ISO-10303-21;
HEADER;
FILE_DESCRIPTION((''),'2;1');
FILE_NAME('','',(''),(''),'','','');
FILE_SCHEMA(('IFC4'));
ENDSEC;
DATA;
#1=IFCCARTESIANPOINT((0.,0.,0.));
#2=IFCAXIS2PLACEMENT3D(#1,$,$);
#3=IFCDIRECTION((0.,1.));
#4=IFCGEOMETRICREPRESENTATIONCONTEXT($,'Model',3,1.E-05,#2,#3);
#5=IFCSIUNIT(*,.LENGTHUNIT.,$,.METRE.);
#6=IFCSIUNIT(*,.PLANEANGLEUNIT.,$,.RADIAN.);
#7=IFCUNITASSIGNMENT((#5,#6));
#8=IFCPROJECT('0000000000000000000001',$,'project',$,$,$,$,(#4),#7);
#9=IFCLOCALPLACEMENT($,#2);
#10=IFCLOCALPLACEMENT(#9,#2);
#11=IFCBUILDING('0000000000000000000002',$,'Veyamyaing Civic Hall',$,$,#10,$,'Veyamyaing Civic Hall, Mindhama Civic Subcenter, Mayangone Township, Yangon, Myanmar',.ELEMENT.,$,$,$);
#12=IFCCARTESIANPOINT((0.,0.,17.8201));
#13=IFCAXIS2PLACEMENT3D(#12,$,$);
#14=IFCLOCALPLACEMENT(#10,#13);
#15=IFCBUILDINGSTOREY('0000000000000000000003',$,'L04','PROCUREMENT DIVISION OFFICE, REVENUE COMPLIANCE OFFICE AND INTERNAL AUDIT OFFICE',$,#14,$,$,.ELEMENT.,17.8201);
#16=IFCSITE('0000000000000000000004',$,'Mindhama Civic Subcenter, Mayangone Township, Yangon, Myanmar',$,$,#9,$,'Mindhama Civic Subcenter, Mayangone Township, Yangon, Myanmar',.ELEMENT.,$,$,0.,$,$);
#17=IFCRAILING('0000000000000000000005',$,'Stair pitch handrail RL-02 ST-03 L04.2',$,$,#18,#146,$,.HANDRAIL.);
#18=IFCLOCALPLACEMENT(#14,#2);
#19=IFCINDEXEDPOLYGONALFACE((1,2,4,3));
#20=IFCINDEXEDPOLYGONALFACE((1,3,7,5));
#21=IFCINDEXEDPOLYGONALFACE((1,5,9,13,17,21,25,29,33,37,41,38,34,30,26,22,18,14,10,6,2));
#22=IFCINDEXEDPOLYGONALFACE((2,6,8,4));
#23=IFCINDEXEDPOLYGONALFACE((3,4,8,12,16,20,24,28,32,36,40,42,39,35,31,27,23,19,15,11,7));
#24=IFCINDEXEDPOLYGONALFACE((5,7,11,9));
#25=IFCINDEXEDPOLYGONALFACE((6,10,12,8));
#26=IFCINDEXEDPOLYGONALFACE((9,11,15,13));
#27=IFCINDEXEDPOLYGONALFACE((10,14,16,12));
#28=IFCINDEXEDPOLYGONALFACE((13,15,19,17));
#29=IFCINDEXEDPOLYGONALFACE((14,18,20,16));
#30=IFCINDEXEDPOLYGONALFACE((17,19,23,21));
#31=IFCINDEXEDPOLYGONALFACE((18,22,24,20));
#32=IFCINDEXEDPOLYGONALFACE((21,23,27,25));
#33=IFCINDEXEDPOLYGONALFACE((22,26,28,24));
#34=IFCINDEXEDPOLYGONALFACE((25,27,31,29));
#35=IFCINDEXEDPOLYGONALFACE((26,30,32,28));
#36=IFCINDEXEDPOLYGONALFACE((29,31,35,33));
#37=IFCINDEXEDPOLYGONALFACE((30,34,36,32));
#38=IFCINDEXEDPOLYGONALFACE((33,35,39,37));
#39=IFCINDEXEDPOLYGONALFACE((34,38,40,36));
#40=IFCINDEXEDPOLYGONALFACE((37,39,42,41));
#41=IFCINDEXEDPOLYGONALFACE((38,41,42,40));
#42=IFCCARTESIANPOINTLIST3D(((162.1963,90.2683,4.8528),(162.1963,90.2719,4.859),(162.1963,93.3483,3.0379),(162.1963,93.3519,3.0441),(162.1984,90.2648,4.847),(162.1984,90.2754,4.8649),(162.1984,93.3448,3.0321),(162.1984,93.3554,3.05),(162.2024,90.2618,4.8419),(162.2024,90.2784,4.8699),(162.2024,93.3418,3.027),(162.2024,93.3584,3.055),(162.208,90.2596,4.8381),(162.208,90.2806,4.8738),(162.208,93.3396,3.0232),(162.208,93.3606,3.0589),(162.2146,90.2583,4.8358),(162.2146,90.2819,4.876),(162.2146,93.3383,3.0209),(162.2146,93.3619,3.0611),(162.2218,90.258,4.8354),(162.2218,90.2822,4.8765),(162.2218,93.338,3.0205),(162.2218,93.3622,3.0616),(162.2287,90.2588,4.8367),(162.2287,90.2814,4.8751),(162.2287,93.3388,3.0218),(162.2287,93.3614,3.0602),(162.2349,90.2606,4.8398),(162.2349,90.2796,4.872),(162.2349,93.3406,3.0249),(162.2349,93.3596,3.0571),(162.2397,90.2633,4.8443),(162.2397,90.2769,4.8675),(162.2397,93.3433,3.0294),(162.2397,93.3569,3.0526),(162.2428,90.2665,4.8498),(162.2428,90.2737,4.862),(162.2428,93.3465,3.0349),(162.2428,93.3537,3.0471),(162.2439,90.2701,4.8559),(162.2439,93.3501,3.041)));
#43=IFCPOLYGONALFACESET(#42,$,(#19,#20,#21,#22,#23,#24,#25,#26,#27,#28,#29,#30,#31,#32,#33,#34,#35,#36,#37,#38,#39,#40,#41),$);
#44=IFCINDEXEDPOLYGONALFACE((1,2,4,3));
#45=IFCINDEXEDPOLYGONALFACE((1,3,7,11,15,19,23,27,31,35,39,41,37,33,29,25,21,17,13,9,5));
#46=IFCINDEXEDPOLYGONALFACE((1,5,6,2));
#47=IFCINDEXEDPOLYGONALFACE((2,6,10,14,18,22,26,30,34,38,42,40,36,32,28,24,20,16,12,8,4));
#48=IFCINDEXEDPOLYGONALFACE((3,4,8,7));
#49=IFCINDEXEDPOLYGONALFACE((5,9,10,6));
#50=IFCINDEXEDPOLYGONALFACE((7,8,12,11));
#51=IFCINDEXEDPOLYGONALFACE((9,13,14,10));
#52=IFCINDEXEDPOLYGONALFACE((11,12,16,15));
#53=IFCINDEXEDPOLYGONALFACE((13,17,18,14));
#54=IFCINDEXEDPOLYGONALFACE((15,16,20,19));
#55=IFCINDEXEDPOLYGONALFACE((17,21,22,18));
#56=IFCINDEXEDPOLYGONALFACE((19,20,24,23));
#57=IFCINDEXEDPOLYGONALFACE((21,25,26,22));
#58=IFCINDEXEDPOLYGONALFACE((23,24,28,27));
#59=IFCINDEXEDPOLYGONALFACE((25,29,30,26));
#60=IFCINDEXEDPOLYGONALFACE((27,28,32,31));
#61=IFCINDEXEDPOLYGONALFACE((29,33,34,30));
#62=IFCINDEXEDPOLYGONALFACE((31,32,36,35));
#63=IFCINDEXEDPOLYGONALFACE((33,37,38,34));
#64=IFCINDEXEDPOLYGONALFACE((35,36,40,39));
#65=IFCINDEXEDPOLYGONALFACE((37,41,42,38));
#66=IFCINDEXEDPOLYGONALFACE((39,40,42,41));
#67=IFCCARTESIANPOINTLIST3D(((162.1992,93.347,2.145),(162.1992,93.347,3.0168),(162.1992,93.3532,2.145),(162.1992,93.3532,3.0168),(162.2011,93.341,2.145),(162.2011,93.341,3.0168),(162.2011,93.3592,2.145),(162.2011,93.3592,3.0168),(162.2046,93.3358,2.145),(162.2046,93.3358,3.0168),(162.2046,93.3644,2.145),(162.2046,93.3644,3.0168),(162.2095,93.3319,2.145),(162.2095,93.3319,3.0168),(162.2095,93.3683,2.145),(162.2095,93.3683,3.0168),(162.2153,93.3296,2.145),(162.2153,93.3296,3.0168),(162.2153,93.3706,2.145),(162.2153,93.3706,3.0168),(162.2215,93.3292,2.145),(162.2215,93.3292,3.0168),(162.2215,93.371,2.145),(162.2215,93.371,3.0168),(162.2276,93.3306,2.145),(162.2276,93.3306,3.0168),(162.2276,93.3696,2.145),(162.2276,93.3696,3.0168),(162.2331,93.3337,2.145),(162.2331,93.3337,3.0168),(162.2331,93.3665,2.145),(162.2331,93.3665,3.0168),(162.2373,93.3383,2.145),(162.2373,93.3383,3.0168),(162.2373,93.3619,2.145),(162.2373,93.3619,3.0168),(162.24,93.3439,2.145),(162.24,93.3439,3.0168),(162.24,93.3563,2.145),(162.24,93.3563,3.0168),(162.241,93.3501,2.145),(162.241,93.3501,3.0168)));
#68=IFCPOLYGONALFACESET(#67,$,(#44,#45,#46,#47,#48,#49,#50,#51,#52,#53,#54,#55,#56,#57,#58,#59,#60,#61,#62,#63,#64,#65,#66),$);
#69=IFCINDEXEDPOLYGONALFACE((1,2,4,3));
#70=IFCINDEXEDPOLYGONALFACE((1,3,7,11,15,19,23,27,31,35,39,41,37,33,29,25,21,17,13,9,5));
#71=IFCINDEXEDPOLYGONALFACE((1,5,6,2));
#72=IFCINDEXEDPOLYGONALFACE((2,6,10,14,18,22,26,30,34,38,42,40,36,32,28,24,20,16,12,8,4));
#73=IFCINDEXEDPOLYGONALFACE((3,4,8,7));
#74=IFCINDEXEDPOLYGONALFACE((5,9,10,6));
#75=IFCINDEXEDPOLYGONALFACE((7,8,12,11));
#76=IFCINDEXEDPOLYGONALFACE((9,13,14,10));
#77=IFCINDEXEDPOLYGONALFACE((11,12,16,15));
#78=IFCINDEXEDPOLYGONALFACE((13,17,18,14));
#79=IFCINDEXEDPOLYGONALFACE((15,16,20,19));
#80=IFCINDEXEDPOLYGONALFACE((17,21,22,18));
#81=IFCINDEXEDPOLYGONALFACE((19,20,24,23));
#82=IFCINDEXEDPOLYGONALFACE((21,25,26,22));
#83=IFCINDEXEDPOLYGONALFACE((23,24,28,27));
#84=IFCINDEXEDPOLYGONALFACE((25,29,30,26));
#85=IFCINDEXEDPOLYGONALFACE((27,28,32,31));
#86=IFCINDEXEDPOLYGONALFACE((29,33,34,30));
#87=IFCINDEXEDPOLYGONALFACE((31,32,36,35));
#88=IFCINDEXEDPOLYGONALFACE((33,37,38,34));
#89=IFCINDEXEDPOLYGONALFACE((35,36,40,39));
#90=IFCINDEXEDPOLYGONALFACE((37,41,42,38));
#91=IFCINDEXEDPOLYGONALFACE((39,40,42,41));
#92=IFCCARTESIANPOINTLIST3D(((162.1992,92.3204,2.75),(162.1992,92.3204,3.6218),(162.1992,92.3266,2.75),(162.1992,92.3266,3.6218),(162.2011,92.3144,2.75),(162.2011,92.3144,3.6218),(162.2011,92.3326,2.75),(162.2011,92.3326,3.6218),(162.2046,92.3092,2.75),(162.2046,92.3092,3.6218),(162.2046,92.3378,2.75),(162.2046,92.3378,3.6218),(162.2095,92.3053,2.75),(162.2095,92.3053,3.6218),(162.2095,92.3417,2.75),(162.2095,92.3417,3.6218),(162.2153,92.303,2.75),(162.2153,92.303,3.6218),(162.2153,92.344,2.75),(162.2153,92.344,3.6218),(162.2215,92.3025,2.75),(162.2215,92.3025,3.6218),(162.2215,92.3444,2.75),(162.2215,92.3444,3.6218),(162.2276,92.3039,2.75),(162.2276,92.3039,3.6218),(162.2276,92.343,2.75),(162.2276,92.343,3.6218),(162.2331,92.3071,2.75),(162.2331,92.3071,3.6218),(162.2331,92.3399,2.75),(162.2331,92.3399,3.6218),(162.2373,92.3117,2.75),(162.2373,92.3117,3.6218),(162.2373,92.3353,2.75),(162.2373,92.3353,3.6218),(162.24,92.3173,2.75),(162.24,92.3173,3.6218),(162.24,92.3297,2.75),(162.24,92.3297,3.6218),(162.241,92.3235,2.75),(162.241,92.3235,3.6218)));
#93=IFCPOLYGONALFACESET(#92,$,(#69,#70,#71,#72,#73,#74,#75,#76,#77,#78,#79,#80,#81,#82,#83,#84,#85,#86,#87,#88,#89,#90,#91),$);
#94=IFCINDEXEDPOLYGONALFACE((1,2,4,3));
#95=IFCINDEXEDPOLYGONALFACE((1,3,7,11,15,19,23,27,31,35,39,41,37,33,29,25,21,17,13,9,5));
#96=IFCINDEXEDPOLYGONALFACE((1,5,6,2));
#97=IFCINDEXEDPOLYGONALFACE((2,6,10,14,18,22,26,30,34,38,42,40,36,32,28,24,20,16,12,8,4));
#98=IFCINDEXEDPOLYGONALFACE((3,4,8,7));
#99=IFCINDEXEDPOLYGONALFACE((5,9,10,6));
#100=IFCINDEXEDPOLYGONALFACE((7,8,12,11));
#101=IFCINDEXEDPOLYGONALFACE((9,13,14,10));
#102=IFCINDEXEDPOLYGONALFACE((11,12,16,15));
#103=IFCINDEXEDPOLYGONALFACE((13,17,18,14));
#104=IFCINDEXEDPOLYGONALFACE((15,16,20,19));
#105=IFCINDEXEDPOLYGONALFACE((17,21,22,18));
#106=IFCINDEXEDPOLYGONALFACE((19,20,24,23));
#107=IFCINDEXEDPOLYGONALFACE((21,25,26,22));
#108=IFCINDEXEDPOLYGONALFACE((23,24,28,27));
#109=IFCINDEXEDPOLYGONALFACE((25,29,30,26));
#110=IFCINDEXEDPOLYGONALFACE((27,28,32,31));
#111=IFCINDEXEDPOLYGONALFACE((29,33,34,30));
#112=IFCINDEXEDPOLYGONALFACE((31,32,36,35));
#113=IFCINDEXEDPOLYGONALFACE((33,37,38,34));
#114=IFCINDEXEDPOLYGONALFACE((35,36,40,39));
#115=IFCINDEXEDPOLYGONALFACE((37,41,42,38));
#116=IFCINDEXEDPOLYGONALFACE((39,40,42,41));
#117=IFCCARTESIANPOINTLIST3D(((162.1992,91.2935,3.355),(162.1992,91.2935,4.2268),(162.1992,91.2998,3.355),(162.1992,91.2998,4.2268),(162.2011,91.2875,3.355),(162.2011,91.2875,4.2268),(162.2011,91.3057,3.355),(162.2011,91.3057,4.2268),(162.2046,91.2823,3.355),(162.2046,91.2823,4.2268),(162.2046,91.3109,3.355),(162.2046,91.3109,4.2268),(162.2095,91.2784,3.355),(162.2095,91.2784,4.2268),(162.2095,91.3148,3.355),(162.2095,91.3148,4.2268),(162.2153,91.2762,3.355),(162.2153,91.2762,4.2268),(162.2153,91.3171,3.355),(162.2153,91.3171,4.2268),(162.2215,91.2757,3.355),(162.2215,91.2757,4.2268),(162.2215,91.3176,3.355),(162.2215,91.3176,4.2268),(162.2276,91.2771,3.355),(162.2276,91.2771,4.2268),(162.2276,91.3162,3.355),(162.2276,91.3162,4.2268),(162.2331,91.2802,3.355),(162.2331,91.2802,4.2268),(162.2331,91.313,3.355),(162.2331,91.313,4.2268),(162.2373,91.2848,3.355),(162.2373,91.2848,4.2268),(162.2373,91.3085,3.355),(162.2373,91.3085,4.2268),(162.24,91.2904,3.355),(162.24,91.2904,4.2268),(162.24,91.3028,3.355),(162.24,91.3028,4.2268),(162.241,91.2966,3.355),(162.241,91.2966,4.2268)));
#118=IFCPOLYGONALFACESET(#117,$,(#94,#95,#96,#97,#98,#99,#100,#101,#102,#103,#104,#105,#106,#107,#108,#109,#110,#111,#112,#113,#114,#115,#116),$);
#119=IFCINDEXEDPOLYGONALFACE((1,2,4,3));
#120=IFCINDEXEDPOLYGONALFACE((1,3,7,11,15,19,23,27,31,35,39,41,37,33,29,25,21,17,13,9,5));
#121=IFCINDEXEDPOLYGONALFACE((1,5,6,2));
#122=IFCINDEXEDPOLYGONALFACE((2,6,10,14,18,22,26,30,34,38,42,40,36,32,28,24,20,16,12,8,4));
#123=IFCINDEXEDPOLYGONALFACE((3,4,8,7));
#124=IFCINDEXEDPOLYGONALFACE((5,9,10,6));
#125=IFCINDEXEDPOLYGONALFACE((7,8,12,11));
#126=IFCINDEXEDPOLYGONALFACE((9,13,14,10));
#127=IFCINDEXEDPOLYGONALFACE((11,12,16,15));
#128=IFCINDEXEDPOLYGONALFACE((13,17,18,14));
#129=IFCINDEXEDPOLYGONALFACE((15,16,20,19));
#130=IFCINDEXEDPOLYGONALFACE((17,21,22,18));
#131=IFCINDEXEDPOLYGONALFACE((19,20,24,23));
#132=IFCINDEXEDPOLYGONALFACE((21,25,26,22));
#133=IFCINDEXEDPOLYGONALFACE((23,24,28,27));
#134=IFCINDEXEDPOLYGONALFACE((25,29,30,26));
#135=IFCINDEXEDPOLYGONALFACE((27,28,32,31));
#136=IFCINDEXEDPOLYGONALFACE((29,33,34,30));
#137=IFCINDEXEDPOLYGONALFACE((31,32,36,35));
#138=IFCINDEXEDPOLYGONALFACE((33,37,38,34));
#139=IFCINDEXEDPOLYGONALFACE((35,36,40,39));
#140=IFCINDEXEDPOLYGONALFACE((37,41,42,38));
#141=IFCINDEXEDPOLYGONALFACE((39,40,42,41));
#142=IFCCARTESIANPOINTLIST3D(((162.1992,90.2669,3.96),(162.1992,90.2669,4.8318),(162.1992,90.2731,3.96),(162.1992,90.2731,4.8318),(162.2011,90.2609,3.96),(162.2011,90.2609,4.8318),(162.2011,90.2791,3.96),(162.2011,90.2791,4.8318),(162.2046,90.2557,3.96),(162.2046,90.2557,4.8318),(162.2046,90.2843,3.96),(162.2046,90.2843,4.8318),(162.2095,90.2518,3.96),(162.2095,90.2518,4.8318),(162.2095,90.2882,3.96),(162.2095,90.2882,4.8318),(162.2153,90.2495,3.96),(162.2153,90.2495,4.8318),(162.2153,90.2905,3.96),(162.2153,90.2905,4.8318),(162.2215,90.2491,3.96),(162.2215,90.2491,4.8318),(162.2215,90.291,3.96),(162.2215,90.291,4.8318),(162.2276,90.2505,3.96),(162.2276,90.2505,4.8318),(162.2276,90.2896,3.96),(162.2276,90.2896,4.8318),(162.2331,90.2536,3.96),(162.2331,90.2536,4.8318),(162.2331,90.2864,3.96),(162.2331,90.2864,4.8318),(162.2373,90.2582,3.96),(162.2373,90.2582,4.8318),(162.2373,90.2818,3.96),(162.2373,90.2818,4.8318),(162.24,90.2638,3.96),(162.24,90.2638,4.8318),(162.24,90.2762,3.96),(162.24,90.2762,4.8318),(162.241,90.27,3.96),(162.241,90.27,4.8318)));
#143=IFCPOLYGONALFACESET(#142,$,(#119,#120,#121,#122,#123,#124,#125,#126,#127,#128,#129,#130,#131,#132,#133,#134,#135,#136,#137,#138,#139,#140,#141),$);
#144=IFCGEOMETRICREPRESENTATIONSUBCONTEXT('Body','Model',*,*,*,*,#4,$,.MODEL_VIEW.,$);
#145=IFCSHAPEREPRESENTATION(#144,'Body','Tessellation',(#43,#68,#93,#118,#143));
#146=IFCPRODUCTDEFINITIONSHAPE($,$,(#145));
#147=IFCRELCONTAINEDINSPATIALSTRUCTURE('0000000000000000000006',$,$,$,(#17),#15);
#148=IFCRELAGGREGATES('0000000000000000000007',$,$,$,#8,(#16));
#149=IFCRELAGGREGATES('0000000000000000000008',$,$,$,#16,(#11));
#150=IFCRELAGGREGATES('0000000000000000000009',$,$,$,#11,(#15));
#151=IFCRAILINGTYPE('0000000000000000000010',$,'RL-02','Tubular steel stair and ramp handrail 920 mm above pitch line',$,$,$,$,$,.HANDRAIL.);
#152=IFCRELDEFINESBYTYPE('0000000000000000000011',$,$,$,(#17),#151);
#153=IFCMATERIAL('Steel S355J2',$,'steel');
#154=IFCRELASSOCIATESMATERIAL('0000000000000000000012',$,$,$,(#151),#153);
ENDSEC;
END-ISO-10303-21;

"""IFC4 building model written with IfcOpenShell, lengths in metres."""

from ifc_helpers import new_model, si_unit, direction, frame, origin, origin_2d, place, context, subcontext, project, spatial, circle, extrude, material, type_object, element, save


model = new_model("IFC4")

# Units and contexts
model_context = context("Model", 3, precision=1e-05, world=origin(), true_north=direction((0.0, 1.0)))
body_context = subcontext(model_context, "Body", "Model", "MODEL_VIEW")
ifc_project = project(units=[si_unit("LENGTHUNIT", "METRE"), si_unit("PLANEANGLEUNIT", "RADIAN")], contexts=[model_context])

# Site, building, storey
site_placement = place(None, origin())
site = spatial("IfcSite", under=ifc_project, at=site_placement, Name="Mindhama Civic Subcenter, Mayangone Township, Yangon, Myanmar", LongName="Mindhama Civic Subcenter, Mayangone Township, Yangon, Myanmar", CompositionType="ELEMENT", RefElevation=0.0)
building_placement = place(site_placement, origin())
building = spatial("IfcBuilding", under=site, at=building_placement, Name="Veyamyaing Civic Hall", LongName="Veyamyaing Civic Hall, Mindhama Civic Subcenter, Mayangone Township, Yangon, Myanmar", CompositionType="ELEMENT")
storey_placement = place(building_placement, frame((0.0, 0.0, 17.8201)))
storey = spatial("IfcBuildingStorey", under=building, at=storey_placement, Name="L04", Description="PROCUREMENT DIVISION OFFICE, REVENUE COMPLIANCE OFFICE AND INTERNAL AUDIT OFFICE", CompositionType="ELEMENT", Elevation=17.8201)

# Railing
ifc_material_1 = material(Name="Steel S355J2", Category="steel")
railing_type_1 = type_object("IfcRailingType", Name="RL-02", Description="Tubular steel stair and ramp handrail 920 mm above pitch line", PredefinedType="HANDRAIL", material=ifc_material_1)
railing_1_placement = place(storey_placement, frame((162.22, 93.3501, 2.145)))
element("IfcRailing", 1, at=railing_1_placement, inside=storey, type_object=railing_type_1, Name="Stair pitch handrail RL-02 ST-03 L04.2", PredefinedType="HANDRAIL", context=body_context, shape_type="SweptSolid", body=[
    extrude(circle(Radius=0.0239, at=origin_2d()), frame((0.0, 0.0, 0.896), z_axis=(0.0, -0.861551, 0.507671), x_axis=(1.0, 0.0, 0.0)), (0.0, 0.0, 1.0), 3.575),
    extrude(circle(Radius=0.021, at=origin_2d()), origin(), (0.0, 0.0, 1.0), 0.8718),
    extrude(circle(Radius=0.021, at=origin_2d()), frame((0.0, -1.0266, 0.605)), (0.0, 0.0, 1.0), 0.8718),
    extrude(circle(Radius=0.021, at=origin_2d()), frame((0.0, -2.0535, 1.21)), (0.0, 0.0, 1.0), 0.8718),
    extrude(circle(Radius=0.021, at=origin_2d()), frame((0.0, -3.0801, 1.8149)), (0.0, 0.0, 1.0), 0.8718),
])

save(model, "model.ifc")
